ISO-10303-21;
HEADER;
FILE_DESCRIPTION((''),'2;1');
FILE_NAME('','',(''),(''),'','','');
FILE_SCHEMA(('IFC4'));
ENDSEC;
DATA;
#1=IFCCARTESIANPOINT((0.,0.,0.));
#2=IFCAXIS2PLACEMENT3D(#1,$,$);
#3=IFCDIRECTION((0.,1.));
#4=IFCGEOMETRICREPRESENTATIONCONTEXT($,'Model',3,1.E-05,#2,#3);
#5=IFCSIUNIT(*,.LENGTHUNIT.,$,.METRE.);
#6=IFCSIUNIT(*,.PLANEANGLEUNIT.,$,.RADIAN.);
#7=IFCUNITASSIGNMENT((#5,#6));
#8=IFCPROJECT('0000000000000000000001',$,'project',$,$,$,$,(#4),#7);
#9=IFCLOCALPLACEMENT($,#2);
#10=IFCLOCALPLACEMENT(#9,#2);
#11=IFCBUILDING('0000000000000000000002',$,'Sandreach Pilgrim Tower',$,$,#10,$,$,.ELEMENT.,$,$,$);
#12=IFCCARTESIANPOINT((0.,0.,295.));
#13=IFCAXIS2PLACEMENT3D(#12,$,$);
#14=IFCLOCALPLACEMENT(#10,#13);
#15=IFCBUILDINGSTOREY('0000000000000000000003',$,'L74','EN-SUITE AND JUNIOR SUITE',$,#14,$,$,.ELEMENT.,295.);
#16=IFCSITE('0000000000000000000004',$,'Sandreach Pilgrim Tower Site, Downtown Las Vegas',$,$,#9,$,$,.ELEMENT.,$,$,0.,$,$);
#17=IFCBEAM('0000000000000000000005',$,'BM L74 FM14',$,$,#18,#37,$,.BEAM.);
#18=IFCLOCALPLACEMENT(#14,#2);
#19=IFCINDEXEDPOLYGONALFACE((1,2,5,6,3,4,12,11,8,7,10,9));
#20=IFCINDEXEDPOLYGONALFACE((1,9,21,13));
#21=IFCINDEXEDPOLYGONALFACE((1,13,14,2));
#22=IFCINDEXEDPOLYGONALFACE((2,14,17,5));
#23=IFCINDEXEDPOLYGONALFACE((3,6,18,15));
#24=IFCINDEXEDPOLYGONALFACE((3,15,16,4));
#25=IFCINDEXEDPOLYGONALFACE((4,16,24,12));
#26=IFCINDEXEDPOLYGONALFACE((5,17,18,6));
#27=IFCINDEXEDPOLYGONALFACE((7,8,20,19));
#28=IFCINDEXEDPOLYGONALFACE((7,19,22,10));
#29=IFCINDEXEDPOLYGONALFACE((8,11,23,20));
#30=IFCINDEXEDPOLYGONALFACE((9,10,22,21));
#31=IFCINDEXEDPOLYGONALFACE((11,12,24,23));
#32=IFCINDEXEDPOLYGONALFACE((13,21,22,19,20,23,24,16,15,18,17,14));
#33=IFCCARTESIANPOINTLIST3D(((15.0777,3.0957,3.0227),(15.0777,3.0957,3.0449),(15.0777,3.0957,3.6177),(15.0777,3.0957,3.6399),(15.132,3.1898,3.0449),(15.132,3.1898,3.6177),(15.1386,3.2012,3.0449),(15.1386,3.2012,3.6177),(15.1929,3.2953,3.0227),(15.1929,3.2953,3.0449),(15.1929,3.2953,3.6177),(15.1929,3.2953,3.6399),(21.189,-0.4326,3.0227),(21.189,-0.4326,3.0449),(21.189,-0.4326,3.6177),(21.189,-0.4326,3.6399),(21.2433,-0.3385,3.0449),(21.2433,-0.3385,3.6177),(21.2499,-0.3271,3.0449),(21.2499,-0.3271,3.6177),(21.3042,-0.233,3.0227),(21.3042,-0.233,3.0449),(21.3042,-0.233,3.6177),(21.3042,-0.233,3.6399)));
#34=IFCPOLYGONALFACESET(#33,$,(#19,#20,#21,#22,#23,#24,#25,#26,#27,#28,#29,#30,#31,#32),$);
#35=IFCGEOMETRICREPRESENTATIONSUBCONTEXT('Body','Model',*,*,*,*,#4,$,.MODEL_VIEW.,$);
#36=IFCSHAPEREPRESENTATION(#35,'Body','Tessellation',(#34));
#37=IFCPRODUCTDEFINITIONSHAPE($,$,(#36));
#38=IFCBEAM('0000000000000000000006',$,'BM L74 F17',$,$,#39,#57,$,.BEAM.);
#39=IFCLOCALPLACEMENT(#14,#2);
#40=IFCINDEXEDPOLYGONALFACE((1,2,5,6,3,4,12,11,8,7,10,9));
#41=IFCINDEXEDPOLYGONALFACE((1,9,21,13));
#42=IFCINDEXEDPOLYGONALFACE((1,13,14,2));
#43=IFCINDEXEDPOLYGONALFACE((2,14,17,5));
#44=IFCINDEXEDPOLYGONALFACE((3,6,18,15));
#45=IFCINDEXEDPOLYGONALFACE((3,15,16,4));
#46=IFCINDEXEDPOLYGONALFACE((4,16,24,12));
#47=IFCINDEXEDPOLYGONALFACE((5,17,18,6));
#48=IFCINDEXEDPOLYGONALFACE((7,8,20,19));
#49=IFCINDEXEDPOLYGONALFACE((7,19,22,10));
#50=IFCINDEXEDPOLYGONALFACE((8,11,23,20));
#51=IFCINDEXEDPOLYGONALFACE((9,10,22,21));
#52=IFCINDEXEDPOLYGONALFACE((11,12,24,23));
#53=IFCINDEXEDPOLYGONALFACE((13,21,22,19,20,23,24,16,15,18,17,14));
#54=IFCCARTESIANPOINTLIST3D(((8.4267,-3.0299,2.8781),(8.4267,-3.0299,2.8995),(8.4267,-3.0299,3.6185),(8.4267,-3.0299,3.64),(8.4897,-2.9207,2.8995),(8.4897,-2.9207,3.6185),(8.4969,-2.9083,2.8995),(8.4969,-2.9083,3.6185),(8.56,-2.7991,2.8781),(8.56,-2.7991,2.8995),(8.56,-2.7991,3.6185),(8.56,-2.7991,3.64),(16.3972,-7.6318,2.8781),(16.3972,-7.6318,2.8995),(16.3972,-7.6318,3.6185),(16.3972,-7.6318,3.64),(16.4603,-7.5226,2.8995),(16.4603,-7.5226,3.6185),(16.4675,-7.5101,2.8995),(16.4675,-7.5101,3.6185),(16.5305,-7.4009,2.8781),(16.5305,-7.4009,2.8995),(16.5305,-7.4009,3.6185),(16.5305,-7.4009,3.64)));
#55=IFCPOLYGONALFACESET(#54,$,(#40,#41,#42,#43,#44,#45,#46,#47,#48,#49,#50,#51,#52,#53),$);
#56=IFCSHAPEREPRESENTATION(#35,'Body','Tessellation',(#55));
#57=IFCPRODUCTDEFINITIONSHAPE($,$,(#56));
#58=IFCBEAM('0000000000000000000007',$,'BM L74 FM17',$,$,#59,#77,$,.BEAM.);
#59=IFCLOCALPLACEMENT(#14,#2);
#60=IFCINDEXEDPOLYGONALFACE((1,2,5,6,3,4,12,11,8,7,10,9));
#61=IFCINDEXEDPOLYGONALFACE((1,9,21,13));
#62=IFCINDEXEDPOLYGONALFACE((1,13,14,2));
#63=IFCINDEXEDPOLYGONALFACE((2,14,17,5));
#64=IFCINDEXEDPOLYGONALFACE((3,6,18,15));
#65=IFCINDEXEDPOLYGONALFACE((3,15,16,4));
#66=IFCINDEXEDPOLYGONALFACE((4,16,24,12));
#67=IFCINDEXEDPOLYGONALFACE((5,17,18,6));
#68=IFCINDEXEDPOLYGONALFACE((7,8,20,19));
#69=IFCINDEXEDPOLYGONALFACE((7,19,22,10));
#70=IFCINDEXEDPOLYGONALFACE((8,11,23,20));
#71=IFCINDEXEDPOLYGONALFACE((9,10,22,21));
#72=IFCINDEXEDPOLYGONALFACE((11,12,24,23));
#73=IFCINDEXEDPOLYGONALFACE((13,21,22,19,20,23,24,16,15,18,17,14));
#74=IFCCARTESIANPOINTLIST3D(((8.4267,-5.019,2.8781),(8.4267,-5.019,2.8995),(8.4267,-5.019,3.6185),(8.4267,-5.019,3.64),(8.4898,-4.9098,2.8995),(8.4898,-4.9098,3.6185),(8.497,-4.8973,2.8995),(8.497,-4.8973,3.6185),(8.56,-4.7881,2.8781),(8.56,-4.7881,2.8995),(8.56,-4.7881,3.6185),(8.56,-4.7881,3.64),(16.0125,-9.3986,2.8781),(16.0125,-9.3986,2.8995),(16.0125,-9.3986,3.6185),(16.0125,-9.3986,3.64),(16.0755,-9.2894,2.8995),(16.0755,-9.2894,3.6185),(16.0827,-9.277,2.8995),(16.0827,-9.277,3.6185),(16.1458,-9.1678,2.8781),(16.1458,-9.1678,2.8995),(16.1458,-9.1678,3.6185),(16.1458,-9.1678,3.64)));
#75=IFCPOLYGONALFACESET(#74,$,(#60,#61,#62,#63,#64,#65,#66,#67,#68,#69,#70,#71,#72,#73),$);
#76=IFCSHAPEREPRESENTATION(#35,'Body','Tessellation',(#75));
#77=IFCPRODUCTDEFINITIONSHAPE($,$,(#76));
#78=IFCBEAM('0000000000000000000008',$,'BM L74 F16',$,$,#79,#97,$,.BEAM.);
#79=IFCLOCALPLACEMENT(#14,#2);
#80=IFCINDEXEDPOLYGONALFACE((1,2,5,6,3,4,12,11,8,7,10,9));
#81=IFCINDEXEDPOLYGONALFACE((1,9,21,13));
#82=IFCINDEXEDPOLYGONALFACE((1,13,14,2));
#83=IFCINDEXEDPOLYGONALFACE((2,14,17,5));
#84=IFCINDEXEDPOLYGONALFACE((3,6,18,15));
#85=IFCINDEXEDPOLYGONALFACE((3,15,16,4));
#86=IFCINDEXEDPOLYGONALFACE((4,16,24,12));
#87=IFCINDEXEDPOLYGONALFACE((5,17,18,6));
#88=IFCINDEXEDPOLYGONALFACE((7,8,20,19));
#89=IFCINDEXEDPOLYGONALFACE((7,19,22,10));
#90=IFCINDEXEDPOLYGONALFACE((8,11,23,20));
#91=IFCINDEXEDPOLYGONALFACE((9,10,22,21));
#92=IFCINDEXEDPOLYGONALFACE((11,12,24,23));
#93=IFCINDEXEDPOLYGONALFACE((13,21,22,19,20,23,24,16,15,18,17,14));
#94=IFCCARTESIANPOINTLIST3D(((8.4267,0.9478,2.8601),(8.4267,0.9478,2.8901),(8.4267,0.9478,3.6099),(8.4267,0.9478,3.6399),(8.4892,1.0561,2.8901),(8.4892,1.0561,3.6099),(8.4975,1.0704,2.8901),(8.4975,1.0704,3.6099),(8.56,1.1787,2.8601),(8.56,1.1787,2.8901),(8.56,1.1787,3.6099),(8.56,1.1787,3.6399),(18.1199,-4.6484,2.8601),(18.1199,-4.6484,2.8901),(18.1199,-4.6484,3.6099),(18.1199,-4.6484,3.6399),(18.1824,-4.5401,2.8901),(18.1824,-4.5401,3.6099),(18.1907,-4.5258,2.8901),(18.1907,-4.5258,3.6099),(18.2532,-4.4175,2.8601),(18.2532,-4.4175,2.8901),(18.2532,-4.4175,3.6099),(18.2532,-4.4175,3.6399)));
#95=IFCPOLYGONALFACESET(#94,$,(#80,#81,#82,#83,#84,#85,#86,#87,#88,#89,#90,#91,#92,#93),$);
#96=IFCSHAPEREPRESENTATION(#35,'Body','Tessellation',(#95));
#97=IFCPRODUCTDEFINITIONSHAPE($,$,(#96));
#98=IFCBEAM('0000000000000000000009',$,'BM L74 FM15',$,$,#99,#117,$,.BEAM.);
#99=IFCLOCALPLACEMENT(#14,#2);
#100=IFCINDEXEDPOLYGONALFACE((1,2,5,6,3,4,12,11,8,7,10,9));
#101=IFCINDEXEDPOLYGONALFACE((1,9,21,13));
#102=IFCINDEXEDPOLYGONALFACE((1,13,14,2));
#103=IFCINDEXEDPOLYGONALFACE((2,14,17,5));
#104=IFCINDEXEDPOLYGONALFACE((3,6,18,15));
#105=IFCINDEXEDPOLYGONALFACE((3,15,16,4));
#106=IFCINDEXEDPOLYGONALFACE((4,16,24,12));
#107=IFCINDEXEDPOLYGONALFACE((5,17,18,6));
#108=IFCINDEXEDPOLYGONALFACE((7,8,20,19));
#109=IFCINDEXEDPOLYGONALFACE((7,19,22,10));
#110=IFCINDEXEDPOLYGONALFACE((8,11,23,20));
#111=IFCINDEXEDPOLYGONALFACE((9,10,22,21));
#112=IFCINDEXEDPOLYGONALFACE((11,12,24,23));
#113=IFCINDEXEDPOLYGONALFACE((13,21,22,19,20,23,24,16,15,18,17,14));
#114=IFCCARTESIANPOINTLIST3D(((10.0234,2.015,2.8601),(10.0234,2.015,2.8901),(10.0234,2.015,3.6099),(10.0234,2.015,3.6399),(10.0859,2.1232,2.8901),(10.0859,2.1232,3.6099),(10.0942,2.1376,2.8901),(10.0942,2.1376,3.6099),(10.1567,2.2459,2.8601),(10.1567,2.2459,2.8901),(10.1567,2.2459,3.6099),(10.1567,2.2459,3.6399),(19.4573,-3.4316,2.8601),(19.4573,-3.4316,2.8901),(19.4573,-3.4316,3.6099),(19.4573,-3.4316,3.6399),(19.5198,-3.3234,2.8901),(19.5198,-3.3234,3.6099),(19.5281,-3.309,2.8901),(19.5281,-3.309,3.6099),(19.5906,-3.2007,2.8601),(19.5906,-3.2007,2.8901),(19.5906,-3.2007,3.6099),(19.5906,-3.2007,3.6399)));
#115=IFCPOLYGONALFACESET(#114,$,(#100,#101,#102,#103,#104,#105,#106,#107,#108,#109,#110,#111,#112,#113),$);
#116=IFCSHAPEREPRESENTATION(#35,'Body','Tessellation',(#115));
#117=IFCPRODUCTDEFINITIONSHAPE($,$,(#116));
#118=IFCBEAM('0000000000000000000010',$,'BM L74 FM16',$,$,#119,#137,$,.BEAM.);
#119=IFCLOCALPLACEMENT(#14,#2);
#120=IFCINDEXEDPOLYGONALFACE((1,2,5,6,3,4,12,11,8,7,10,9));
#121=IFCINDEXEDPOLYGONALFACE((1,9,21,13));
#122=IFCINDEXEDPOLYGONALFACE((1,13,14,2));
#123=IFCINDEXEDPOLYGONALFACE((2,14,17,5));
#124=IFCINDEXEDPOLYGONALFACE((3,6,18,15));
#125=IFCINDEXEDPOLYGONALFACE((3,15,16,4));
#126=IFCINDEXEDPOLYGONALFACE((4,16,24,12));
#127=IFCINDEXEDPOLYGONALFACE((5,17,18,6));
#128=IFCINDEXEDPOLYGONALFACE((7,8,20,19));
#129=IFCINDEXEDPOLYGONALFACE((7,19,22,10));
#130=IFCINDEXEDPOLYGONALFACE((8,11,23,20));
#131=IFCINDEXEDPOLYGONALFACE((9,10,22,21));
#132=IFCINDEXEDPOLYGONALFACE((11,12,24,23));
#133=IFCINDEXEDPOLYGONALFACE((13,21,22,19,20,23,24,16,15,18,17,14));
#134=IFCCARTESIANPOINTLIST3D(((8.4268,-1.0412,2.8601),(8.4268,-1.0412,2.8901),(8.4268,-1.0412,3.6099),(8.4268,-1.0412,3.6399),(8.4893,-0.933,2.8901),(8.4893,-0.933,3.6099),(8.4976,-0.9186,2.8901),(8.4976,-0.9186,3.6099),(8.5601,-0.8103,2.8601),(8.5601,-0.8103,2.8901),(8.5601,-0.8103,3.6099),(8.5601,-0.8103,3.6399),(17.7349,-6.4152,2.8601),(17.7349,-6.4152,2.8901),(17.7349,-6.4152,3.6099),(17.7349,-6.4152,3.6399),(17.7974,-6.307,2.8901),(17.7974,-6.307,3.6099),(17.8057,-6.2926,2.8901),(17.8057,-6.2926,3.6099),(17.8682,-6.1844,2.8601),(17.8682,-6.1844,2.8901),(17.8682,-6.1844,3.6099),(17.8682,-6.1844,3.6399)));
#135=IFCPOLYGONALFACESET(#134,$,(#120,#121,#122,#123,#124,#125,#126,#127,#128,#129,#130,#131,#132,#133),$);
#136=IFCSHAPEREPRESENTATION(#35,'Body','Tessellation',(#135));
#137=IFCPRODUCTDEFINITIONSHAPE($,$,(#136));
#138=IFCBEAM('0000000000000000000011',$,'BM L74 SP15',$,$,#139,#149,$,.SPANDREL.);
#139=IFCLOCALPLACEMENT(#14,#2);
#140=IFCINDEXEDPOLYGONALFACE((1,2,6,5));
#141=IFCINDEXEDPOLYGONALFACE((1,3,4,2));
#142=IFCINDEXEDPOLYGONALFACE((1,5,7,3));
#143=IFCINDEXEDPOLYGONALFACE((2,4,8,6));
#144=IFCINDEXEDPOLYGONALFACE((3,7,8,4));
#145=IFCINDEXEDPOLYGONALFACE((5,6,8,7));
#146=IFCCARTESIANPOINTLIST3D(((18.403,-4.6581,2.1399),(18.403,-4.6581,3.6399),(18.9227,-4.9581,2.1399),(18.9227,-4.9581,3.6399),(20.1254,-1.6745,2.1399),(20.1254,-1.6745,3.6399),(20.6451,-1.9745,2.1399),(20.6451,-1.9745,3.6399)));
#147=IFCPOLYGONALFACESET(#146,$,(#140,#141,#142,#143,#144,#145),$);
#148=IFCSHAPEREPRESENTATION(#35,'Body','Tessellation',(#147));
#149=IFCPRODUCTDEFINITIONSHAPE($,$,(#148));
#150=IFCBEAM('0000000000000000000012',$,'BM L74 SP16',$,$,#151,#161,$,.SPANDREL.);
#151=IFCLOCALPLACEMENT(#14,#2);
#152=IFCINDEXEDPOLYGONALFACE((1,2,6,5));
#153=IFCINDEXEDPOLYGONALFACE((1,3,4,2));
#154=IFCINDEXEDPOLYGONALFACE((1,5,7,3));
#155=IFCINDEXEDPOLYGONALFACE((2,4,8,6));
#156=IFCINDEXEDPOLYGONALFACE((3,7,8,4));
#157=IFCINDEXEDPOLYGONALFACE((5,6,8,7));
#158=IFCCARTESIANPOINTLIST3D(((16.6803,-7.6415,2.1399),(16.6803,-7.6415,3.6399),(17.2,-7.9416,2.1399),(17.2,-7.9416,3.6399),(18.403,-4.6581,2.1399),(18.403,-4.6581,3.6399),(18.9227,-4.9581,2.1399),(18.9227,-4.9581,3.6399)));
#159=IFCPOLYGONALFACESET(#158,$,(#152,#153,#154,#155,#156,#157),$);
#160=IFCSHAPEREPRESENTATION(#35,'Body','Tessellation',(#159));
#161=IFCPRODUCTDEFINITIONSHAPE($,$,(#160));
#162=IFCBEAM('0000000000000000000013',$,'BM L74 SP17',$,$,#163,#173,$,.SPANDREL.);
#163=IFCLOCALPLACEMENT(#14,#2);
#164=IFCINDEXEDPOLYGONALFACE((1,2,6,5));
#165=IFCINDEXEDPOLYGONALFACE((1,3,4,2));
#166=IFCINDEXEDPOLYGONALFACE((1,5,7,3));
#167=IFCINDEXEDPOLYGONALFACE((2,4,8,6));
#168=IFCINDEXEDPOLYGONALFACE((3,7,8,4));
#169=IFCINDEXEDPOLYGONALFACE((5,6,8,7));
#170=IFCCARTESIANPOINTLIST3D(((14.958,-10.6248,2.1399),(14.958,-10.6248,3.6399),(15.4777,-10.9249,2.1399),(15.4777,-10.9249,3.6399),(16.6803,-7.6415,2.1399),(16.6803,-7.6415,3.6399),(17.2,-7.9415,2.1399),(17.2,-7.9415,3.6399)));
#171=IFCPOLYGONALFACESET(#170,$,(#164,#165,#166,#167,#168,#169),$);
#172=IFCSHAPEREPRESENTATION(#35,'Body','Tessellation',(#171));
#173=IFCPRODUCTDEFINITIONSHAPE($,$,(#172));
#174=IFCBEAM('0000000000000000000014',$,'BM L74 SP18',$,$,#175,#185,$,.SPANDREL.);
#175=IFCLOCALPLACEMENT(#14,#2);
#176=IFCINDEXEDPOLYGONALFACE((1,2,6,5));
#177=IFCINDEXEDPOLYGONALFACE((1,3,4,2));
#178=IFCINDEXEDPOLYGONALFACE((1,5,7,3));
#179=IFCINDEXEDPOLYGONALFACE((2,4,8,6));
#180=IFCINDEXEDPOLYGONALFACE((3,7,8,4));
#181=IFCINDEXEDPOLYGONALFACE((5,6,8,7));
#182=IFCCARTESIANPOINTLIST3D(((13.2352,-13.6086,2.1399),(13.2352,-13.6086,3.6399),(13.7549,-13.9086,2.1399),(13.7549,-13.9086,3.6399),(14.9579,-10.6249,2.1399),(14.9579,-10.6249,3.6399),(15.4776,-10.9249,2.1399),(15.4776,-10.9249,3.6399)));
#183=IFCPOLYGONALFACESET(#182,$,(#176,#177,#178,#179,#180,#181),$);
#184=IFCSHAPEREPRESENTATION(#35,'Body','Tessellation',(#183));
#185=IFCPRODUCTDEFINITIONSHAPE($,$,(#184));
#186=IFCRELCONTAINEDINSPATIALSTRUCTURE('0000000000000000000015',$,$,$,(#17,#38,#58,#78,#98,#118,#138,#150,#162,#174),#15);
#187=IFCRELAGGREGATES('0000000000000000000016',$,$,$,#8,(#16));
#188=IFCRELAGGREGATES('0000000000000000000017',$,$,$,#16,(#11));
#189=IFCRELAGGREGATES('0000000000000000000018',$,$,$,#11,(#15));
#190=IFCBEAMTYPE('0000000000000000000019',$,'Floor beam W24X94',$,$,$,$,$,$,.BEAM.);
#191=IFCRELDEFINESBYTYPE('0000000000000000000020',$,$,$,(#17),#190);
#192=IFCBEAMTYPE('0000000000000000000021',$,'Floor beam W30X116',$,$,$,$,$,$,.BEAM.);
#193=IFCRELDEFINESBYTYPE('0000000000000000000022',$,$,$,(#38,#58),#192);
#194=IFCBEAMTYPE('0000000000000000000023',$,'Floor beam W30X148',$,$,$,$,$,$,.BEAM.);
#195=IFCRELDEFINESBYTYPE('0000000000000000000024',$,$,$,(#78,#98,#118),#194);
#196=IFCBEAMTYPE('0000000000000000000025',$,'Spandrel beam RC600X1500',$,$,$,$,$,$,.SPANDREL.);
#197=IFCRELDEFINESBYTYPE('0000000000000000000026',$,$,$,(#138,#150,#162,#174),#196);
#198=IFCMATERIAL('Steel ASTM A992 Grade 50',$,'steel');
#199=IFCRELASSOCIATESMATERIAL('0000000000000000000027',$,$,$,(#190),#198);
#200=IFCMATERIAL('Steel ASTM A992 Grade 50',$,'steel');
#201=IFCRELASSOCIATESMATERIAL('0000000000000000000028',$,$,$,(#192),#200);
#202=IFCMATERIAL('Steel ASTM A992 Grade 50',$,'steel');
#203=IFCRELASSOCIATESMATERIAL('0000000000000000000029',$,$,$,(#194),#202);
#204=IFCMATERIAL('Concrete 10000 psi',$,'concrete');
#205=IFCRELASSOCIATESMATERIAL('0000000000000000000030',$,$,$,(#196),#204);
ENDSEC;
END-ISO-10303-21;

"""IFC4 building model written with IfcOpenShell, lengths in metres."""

from ifc_helpers import new_model, si_unit, direction, frame, origin, origin_2d, place, context, subcontext, project, spatial, rectangle, i_section, extrude, material, material_profile, profile_set, type_object, element, save


model = new_model("IFC4")

# Units and contexts
model_context = context("Model", 3, precision=1e-05, world=origin(), true_north=direction((0.0, 1.0)))
body_context = subcontext(model_context, "Body", "Model", "MODEL_VIEW")
ifc_project = project(units=[si_unit("LENGTHUNIT", "METRE"), si_unit("PLANEANGLEUNIT", "RADIAN")], contexts=[model_context])

# Site, building, storey
site_placement = place(None, origin())
site = spatial("IfcSite", under=ifc_project, at=site_placement, Name="Sandreach Pilgrim Tower Site, Downtown Las Vegas", CompositionType="ELEMENT", RefElevation=0.0)
building_placement = place(site_placement, origin())
building = spatial("IfcBuilding", under=site, at=building_placement, Name="Sandreach Pilgrim Tower", CompositionType="ELEMENT")
storey_placement = place(building_placement, frame((0.0, 0.0, 295.0)))
storey = spatial("IfcBuildingStorey", under=building, at=storey_placement, Name="L74", Description="EN-SUITE AND JUNIOR SUITE", CompositionType="ELEMENT", Elevation=295.0)

# Beams
ifc_material_1 = material(Name="Steel ASTM A992 Grade 50", Category="steel")
ifc_material_profile_1 = material_profile(ifc_material_1, i_section(OverallWidth=0.2305, OverallDepth=0.6172, WebThickness=0.0132, FlangeThickness=0.0222, at=origin_2d()), Name="W24X94")
ifc_profile_set_1 = profile_set([ifc_material_profile_1], Name="Steel ASTM A992 Grade 50")
beam_type_1 = type_object("IfcBeamType", Name="Floor beam W24X94", PredefinedType="BEAM", material=ifc_profile_set_1)
beam_1_placement = place(storey_placement, frame((21.2466, -0.3328, 3.3313), z_axis=(-0.866029, 0.499994, 0.0), x_axis=(-0.499994, -0.866029, 0.0)))
element("IfcBeam", 1, at=beam_1_placement, inside=storey, type_object=beam_type_1, Name="BM L74 FM14", PredefinedType="BEAM", context=body_context, shape_type="SweptSolid", body=[
    extrude(i_section(OverallWidth=0.2305, OverallDepth=0.6172, WebThickness=0.0132, FlangeThickness=0.0222, at=origin_2d()), origin(), (0.0, 0.0, 1.0), 7.0566),
])
ifc_material_2 = material(Name="Steel ASTM A992 Grade 50", Category="steel")
ifc_material_profile_2 = material_profile(ifc_material_2, i_section(OverallWidth=0.2666, OverallDepth=0.762, WebThickness=0.0144, FlangeThickness=0.0215, at=origin_2d()), Name="W30X116")
ifc_profile_set_2 = profile_set([ifc_material_profile_2], Name="Steel ASTM A992 Grade 50")
beam_type_2 = type_object("IfcBeamType", Name="Floor beam W30X116", PredefinedType="BEAM", material=ifc_profile_set_2)
beam_2_placement = place(storey_placement, frame((16.4639, -7.5164, 3.259), z_axis=(-0.866023, 0.500005, 0.0), x_axis=(-0.500005, -0.866023, 0.0)))
element("IfcBeam", 2, at=beam_2_placement, inside=storey, type_object=beam_type_2, Name="BM L74 F17", PredefinedType="BEAM", context=body_context, shape_type="SweptSolid", body=[
    extrude(i_section(OverallWidth=0.2666, OverallDepth=0.762, WebThickness=0.0144, FlangeThickness=0.0215, at=origin_2d()), origin(), (0.0, 0.0, 1.0), 9.2036),
])
beam_3_placement = place(storey_placement, frame((16.0791, -9.2832, 3.259), z_axis=(-0.866024, 0.500003, 0.0), x_axis=(-0.500003, -0.866024, 0.0)))
element("IfcBeam", 3, at=beam_3_placement, inside=storey, type_object=beam_type_2, Name="BM L74 FM17", PredefinedType="BEAM", context=body_context, shape_type="SweptSolid", body=[
    extrude(i_section(OverallWidth=0.2666, OverallDepth=0.762, WebThickness=0.0144, FlangeThickness=0.0215, at=origin_2d()), origin(), (0.0, 0.0, 1.0), 8.7593),
])
ifc_material_3 = material(Name="Steel ASTM A992 Grade 50", Category="steel")
ifc_material_profile_3 = material_profile(ifc_material_3, i_section(OverallWidth=0.2666, OverallDepth=0.7798, WebThickness=0.0166, FlangeThickness=0.03, at=origin_2d()), Name="W30X148")
ifc_profile_set_3 = profile_set([ifc_material_profile_3], Name="Steel ASTM A992 Grade 50")
beam_type_3 = type_object("IfcBeamType", Name="Floor beam W30X148", PredefinedType="BEAM", material=ifc_profile_set_3)
beam_4_placement = place(storey_placement, frame((18.1865, -4.533, 3.25), z_axis=(-0.86603, 0.499991, 0.0), x_axis=(-0.499991, -0.86603, 0.0)))
element("IfcBeam", 4, at=beam_4_placement, inside=storey, type_object=beam_type_3, Name="BM L74 F16", PredefinedType="BEAM", context=body_context, shape_type="SweptSolid", body=[
    extrude(i_section(OverallWidth=0.2666, OverallDepth=0.7798, WebThickness=0.0166, FlangeThickness=0.03, at=origin_2d()), origin(), (0.0, 0.0, 1.0), 11.1926),
])
beam_5_placement = place(storey_placement, frame((19.5239, -3.3162, 3.25), z_axis=(-0.866029, 0.499993, 0.0), x_axis=(-0.499993, -0.866029, 0.0)))
element("IfcBeam", 5, at=beam_5_placement, inside=storey, type_object=beam_type_3, Name="BM L74 FM15", PredefinedType="BEAM", context=body_context, shape_type="SweptSolid", body=[
    extrude(i_section(OverallWidth=0.2666, OverallDepth=0.7798, WebThickness=0.0166, FlangeThickness=0.03, at=origin_2d()), origin(), (0.0, 0.0, 1.0), 10.8933),
])
beam_6_placement = place(storey_placement, frame((17.8015, -6.2998, 3.25), z_axis=(-0.866026, 0.499999, 0.0), x_axis=(-0.499999, -0.866026, 0.0)))
element("IfcBeam", 6, at=beam_6_placement, inside=storey, type_object=beam_type_3, Name="BM L74 FM16", PredefinedType="BEAM", context=body_context, shape_type="SweptSolid", body=[
    extrude(i_section(OverallWidth=0.2666, OverallDepth=0.7798, WebThickness=0.0166, FlangeThickness=0.03, at=origin_2d()), origin(), (0.0, 0.0, 1.0), 10.748),
])
ifc_material_4 = material(Name="Concrete 10000 psi", Category="concrete")
ifc_material_profile_4 = material_profile(ifc_material_4, rectangle(XDim=0.6001, YDim=1.5, at=origin_2d()), Name="RC600X1500")
ifc_profile_set_4 = profile_set([ifc_material_profile_4], Name="Concrete 10000 psi")
beam_type_4 = type_object("IfcBeamType", Name="Spandrel beam RC600X1500", PredefinedType="SPANDREL", material=ifc_profile_set_4)
for number, where, z_axis, x_axis, name in (
    (7, (20.3853, -1.8245, 2.8899), (-0.499958, -0.86605, 0.0), (0.86605, -0.499958, 0.0), "BM L74 SP15"),
    (8, (18.6628, -4.8081, 2.8899), (-0.500041, -0.866001, 0.0), (0.866001, -0.500041, 0.0), "BM L74 SP16"),
):
    element("IfcBeam", number, at=place(storey_placement, frame(where, z_axis=z_axis, x_axis=x_axis)), inside=storey, type_object=beam_type_4, Name=name, PredefinedType="SPANDREL", context=body_context, shape_type="SweptSolid", body=[
        extrude(rectangle(XDim=0.6001, YDim=1.5, at=origin_2d()), origin(), (0.0, 0.0, 1.0), 3.4451),
    ])
beam_7_placement = place(storey_placement, frame((16.9402, -7.7915, 2.8899), z_axis=(-0.499988, -0.866032, 0.0), x_axis=(0.866032, -0.499988, 0.0)))
element("IfcBeam", 9, at=beam_7_placement, inside=storey, type_object=beam_type_4, Name="BM L74 SP17", PredefinedType="SPANDREL", context=body_context, shape_type="SweptSolid", body=[
    extrude(rectangle(XDim=0.6001, YDim=1.5, at=origin_2d()), origin(), (0.0, 0.0, 1.0), 3.4448),
])
beam_8_placement = place(storey_placement, frame((15.2178, -10.7749, 2.8899), z_axis=(-0.500011, -0.866019, 0.0), x_axis=(0.866019, -0.500011, 0.0)))
element("IfcBeam", 10, at=beam_8_placement, inside=storey, type_object=beam_type_4, Name="BM L74 SP18", PredefinedType="SPANDREL", context=body_context, shape_type="SweptSolid", body=[
    extrude(rectangle(XDim=0.6001, YDim=1.5, at=origin_2d()), origin(), (0.0, 0.0, 1.0), 3.4453),
])

save(model, "model.ifc")
